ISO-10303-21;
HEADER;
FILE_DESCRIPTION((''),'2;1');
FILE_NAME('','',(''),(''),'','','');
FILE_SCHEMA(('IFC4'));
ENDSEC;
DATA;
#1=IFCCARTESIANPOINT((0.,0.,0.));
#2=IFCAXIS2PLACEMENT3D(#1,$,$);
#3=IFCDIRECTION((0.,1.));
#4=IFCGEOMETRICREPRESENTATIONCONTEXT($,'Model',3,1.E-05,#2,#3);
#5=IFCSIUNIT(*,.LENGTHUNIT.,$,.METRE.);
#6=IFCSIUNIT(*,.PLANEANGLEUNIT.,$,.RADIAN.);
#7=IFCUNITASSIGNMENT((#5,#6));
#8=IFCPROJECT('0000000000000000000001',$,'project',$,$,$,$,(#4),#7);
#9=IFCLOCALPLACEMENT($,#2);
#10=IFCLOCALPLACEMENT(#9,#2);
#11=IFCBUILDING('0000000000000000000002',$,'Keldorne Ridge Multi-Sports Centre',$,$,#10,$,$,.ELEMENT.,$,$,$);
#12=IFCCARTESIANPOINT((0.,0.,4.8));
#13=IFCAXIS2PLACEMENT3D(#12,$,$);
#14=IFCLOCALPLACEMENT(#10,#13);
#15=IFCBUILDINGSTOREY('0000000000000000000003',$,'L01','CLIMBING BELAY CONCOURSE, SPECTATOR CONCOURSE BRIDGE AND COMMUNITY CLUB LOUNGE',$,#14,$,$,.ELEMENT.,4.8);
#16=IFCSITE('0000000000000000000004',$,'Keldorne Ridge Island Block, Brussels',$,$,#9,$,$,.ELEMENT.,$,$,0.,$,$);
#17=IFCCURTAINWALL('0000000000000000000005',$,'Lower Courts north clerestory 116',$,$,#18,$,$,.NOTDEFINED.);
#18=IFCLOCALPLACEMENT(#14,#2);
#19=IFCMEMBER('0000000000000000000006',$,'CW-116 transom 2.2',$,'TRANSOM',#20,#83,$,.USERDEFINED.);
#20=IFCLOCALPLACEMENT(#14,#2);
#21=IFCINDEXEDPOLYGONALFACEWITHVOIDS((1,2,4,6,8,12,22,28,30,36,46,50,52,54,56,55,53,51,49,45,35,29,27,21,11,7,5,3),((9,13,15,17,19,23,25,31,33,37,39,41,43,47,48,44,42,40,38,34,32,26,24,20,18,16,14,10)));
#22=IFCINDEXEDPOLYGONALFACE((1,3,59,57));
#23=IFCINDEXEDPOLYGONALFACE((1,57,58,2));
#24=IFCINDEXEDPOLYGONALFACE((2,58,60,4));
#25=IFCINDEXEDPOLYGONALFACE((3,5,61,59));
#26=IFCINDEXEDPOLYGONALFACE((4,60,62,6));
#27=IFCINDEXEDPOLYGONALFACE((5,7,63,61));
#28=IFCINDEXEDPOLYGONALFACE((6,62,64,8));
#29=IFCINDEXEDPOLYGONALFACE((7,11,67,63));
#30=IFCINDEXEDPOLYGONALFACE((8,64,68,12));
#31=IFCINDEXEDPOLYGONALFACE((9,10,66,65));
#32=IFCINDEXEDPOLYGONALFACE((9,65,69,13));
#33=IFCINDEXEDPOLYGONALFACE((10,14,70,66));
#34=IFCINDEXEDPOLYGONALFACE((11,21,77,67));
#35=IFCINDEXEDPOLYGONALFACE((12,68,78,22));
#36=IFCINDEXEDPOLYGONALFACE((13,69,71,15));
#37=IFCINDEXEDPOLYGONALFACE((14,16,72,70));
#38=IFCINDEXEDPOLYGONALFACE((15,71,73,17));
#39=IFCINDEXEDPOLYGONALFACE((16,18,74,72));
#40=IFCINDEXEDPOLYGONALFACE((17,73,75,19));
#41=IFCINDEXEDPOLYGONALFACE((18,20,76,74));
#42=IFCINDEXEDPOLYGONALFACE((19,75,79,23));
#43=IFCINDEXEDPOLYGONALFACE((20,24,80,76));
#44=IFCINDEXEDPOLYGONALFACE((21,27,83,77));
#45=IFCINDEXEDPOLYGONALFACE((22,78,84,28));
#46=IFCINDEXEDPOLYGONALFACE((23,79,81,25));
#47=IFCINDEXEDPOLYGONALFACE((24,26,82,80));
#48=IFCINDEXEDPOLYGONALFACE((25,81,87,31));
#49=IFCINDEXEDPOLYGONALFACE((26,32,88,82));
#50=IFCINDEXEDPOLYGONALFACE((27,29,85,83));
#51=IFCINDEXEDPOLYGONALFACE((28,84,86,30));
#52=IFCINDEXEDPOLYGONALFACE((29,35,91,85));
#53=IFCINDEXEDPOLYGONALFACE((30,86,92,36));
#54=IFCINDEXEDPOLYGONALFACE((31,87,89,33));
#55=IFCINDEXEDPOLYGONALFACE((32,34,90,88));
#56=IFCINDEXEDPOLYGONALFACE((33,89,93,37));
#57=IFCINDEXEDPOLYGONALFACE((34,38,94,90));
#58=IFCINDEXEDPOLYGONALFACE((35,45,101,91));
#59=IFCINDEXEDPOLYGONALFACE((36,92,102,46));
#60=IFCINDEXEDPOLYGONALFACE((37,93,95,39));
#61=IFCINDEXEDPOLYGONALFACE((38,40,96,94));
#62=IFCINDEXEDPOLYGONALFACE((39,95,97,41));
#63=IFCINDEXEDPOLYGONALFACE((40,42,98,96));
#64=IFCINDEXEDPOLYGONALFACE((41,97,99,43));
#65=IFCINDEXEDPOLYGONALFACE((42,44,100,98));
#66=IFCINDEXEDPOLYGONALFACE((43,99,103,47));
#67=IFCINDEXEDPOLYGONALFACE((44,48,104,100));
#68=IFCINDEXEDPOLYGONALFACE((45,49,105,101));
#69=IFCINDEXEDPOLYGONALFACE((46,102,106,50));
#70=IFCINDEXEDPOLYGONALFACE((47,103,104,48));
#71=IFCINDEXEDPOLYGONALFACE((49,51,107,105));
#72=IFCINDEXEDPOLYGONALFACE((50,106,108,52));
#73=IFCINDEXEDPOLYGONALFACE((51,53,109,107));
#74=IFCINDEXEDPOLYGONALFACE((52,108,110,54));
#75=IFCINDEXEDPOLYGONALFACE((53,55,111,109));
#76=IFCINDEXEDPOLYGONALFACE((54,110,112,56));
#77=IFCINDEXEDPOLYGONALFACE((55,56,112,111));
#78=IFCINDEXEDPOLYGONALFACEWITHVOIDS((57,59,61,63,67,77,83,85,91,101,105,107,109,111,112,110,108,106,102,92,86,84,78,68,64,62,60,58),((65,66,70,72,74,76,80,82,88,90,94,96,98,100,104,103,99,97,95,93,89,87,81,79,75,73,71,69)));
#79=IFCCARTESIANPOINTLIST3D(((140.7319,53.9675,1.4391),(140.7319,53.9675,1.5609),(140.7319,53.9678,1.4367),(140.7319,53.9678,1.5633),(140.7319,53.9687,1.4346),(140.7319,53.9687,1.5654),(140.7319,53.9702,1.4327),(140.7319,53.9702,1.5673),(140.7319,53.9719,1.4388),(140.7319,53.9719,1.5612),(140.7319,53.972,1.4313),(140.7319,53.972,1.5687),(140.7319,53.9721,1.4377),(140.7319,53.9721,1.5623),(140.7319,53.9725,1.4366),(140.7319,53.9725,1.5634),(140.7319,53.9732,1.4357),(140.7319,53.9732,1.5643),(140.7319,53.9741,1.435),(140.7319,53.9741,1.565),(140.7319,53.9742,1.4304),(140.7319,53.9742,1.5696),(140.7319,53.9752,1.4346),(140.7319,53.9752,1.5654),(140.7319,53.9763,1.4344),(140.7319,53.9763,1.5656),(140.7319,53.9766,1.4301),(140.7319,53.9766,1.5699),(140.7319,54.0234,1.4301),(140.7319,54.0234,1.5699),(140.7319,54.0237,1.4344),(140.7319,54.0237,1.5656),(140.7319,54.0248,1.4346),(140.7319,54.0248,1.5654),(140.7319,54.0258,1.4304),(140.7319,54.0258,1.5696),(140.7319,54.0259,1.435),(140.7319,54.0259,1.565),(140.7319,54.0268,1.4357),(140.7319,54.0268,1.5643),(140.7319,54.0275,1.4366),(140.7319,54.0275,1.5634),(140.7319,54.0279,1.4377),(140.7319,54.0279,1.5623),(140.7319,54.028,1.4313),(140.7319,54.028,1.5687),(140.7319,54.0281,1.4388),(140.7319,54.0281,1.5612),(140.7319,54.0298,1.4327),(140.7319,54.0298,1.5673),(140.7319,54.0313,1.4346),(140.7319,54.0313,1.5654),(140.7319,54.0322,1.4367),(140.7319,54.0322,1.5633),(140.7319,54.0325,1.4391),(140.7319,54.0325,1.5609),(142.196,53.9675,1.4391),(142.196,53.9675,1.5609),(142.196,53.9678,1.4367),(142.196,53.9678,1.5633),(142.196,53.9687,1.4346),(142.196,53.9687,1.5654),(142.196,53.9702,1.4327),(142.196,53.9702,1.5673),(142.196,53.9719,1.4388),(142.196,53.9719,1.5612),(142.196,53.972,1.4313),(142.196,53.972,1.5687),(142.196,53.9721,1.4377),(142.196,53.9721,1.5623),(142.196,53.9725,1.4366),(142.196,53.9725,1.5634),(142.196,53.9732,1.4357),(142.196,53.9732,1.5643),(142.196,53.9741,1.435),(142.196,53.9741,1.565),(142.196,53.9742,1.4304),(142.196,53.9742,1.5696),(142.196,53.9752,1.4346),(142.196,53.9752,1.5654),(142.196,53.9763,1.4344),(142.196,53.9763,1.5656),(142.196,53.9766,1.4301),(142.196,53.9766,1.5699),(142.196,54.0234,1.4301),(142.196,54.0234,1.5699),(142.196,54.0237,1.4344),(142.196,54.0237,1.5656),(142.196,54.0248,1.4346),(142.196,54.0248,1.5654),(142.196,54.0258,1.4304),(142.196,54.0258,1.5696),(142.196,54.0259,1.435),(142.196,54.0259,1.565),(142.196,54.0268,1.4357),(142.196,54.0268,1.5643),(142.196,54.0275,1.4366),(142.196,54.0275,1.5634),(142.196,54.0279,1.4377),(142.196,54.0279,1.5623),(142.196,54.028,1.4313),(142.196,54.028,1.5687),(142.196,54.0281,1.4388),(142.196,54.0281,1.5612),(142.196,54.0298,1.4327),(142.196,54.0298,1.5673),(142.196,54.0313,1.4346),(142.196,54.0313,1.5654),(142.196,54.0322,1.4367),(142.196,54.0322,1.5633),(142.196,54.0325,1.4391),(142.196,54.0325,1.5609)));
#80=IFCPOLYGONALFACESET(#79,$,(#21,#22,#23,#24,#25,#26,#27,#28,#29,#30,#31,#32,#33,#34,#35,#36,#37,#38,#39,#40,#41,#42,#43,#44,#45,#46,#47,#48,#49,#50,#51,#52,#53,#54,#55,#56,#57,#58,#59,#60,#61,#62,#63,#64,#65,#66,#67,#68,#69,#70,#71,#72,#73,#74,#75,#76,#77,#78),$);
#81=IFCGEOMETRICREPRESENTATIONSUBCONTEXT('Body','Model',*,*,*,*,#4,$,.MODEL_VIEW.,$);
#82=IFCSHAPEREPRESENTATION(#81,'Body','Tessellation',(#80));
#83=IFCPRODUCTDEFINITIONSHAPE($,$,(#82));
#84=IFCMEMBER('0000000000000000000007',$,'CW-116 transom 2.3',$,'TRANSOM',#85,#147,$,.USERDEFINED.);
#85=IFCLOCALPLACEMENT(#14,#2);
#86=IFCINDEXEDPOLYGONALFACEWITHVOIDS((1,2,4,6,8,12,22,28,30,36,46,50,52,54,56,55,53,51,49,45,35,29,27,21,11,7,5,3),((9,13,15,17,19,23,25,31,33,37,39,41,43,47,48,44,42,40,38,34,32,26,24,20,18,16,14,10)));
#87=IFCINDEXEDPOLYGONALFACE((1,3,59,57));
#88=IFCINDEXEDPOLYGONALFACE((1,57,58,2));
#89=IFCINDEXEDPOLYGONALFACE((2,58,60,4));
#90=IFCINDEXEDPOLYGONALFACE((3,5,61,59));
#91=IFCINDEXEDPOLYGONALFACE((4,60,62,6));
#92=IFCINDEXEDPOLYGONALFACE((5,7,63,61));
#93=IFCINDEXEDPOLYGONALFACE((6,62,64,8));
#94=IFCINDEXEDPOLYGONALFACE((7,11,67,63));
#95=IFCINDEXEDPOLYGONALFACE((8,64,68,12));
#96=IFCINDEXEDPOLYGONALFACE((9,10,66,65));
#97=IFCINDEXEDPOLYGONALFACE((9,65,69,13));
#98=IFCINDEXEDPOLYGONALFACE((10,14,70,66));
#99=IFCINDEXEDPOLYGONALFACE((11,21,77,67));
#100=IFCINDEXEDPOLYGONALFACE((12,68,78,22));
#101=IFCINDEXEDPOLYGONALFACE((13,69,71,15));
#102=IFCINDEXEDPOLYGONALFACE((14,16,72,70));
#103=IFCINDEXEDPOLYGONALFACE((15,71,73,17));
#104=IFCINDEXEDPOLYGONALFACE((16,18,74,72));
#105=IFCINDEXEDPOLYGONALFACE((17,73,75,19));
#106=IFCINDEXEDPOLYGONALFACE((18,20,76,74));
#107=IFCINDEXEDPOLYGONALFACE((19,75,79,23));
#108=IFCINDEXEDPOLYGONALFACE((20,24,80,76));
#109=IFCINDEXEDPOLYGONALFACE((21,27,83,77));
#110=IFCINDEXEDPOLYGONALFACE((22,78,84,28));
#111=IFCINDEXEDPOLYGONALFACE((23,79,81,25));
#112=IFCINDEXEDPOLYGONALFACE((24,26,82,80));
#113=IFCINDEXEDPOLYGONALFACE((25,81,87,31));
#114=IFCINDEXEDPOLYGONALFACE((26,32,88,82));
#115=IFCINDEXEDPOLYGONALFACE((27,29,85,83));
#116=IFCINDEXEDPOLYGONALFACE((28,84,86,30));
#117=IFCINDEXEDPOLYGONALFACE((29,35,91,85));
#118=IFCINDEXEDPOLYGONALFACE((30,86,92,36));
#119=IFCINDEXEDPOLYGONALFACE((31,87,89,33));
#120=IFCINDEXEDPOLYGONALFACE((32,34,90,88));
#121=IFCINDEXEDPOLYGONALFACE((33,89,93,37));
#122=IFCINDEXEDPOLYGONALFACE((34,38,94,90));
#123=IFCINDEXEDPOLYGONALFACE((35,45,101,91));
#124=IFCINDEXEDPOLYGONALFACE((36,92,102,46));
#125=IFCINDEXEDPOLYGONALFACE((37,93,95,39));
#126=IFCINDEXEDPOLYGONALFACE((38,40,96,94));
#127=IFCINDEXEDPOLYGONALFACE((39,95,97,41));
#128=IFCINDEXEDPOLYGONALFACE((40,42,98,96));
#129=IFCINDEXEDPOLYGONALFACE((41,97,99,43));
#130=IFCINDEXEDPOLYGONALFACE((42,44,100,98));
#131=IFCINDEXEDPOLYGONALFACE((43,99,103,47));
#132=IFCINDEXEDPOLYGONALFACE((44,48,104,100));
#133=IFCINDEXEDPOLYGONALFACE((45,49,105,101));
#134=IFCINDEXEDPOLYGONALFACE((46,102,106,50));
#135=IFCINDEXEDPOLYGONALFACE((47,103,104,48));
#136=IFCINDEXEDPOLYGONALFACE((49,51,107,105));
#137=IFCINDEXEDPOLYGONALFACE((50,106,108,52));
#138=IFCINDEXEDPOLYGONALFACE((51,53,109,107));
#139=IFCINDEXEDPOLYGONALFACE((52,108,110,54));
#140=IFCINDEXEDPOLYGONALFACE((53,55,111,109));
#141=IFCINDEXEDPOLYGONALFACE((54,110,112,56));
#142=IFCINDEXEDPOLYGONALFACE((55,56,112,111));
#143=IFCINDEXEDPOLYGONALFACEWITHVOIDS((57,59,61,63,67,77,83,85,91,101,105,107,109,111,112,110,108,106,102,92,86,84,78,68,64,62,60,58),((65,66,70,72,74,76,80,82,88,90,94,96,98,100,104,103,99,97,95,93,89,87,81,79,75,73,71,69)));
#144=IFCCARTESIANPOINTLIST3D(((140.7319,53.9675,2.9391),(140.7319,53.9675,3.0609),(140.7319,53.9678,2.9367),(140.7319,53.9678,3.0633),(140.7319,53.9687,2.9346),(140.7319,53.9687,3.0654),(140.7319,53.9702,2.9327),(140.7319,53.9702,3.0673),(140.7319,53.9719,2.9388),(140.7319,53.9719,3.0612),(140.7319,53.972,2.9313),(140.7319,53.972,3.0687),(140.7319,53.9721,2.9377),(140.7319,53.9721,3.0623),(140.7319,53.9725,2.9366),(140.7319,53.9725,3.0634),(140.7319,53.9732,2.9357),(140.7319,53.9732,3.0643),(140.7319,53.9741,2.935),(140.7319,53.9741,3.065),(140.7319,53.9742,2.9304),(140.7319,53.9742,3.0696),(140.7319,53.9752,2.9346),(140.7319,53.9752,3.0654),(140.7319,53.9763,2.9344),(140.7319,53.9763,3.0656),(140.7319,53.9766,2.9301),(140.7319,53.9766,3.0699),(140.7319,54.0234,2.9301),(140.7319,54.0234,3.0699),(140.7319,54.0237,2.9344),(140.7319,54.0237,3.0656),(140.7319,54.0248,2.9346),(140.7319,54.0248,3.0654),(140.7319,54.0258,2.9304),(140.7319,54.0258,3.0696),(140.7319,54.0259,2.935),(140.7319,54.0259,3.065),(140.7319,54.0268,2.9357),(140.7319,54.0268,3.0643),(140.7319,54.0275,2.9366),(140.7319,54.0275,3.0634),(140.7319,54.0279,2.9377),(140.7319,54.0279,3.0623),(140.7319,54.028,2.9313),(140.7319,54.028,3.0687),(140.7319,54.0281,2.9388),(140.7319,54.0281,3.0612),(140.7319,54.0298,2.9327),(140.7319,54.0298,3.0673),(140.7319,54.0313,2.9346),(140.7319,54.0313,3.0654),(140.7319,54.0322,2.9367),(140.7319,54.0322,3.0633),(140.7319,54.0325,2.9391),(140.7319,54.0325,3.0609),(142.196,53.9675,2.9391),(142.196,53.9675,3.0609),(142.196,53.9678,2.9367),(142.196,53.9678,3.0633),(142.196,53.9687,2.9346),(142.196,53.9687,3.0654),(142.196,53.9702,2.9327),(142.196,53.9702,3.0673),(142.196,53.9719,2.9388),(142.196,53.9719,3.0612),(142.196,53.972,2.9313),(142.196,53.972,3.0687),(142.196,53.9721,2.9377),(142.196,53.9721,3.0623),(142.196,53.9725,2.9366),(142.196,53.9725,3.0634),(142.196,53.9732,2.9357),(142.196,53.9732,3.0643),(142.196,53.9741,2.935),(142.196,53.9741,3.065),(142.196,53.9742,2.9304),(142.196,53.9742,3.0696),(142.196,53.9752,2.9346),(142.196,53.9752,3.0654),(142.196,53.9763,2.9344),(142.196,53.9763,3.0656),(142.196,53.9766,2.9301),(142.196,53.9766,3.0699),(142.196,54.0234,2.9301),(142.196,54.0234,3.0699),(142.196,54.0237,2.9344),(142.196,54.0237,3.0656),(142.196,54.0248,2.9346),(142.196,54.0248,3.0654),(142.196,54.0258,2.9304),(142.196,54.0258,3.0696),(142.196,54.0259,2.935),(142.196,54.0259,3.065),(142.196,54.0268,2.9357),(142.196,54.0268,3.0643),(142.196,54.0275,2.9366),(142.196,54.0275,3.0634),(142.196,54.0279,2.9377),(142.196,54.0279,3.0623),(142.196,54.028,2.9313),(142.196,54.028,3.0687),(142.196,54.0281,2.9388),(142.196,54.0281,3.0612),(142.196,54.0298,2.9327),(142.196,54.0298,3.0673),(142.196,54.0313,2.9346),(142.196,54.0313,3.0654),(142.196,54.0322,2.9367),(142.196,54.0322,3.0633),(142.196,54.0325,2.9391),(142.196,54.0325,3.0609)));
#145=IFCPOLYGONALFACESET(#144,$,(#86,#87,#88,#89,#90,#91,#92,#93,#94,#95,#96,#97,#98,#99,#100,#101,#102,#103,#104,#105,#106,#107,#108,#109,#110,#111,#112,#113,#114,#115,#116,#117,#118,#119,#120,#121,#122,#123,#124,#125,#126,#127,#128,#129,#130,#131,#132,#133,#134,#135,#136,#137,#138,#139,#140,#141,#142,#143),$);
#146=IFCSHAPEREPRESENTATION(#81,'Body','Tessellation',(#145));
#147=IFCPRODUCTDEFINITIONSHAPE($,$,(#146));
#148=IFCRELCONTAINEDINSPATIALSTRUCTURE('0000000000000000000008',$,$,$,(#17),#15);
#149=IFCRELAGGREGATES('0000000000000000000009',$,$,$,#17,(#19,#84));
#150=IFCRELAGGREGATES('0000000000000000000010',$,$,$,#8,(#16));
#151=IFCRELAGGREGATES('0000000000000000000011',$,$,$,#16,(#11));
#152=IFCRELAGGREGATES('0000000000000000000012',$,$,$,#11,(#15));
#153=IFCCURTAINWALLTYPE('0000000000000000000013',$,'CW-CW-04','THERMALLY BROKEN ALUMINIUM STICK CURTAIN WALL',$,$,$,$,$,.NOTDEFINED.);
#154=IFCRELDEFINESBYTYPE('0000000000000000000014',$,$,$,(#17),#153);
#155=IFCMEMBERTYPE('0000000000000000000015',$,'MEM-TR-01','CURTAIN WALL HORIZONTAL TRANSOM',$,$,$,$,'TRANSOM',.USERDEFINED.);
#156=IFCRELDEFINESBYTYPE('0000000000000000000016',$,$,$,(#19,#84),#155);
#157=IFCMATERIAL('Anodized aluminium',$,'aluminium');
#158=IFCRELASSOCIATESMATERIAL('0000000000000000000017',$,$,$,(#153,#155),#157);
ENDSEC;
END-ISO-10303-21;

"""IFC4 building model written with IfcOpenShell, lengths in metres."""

from ifc_helpers import new_model, si_unit, direction, frame, origin, origin_2d, place, context, subcontext, project, spatial, hollow_rectangle, extrude, material, material_profile, profile_set, type_object, element, aggregate, save


model = new_model("IFC4")

# Units and contexts
model_context = context("Model", 3, precision=1e-05, world=origin(), true_north=direction((0.0, 1.0)))
body_context = subcontext(model_context, "Body", "Model", "MODEL_VIEW")
ifc_project = project(units=[si_unit("LENGTHUNIT", "METRE"), si_unit("PLANEANGLEUNIT", "RADIAN")], contexts=[model_context])

# Site, building, storey
site_placement = place(None, origin())
site = spatial("IfcSite", under=ifc_project, at=site_placement, Name="Keldorne Ridge Island Block, Brussels", CompositionType="ELEMENT", RefElevation=0.0)
building_placement = place(site_placement, origin())
building = spatial("IfcBuilding", under=site, at=building_placement, Name="Keldorne Ridge Multi-Sports Centre", CompositionType="ELEMENT")
storey_placement = place(building_placement, frame((0.0, 0.0, 4.8)))
storey = spatial("IfcBuildingStorey", under=building, at=storey_placement, Name="L01", Description="CLIMBING BELAY CONCOURSE, SPECTATOR CONCOURSE BRIDGE AND COMMUNITY CLUB LOUNGE", CompositionType="ELEMENT", Elevation=4.8)

# Curtain wall
ifc_material_1 = material(Name="Anodized aluminium", Category="aluminium")
curtain_wall_type_1 = type_object("IfcCurtainWallType", Name="CW-CW-04", Description="THERMALLY BROKEN ALUMINIUM STICK CURTAIN WALL", PredefinedType="NOTDEFINED", material=ifc_material_1)
curtain_wall_1_placement = place(storey_placement, origin())
curtain_wall_1 = element("IfcCurtainWall", 1, at=curtain_wall_1_placement, inside=storey, type_object=curtain_wall_type_1, Name="Lower Courts north clerestory 116", PredefinedType="NOTDEFINED")

# Members
ifc_material_profile_1 = material_profile(ifc_material_1, hollow_rectangle(XDim=0.0649, YDim=0.1399, WallThickness=0.0044, InnerFilletRadius=0.0044, OuterFilletRadius=0.009, at=origin_2d()), Name="ALU TRANSOM 140x65x4.5")
ifc_profile_set_1 = profile_set([ifc_material_profile_1], Name="Anodized aluminium")
member_type_1 = type_object("IfcMemberType", Name="MEM-TR-01", Description="CURTAIN WALL HORIZONTAL TRANSOM", ElementType="TRANSOM", PredefinedType="USERDEFINED", material=ifc_profile_set_1)
member_1_placement = place(storey_placement, frame((142.196, 54.0, 1.5), z_axis=(-1.0, 0.0, 0.0), x_axis=(0.0, -1.0, 0.0)))
member_1 = element("IfcMember", 2, at=member_1_placement, type_object=member_type_1, Name="CW-116 transom 2.2", ObjectType="TRANSOM", PredefinedType="USERDEFINED", context=body_context, shape_type="SweptSolid", body=[
    extrude(hollow_rectangle(XDim=0.0649, YDim=0.1399, WallThickness=0.0044, InnerFilletRadius=0.0044, OuterFilletRadius=0.009, at=origin_2d()), origin(), (0.0, 0.0, 1.0), 1.4641),
])
member_2_placement = place(storey_placement, frame((142.196, 54.0, 3.0), z_axis=(-1.0, 0.0, 0.0), x_axis=(0.0, -1.0, 0.0)))
member_2 = element("IfcMember", 3, at=member_2_placement, type_object=member_type_1, Name="CW-116 transom 2.3", ObjectType="TRANSOM", PredefinedType="USERDEFINED", context=body_context, shape_type="SweptSolid", body=[
    extrude(hollow_rectangle(XDim=0.0649, YDim=0.1399, WallThickness=0.0044, InnerFilletRadius=0.0044, OuterFilletRadius=0.009, at=origin_2d()), origin(), (0.0, 0.0, 1.0), 1.4641),
])

aggregate(curtain_wall_1, [member_1, member_2])

save(model, "model.ifc")
